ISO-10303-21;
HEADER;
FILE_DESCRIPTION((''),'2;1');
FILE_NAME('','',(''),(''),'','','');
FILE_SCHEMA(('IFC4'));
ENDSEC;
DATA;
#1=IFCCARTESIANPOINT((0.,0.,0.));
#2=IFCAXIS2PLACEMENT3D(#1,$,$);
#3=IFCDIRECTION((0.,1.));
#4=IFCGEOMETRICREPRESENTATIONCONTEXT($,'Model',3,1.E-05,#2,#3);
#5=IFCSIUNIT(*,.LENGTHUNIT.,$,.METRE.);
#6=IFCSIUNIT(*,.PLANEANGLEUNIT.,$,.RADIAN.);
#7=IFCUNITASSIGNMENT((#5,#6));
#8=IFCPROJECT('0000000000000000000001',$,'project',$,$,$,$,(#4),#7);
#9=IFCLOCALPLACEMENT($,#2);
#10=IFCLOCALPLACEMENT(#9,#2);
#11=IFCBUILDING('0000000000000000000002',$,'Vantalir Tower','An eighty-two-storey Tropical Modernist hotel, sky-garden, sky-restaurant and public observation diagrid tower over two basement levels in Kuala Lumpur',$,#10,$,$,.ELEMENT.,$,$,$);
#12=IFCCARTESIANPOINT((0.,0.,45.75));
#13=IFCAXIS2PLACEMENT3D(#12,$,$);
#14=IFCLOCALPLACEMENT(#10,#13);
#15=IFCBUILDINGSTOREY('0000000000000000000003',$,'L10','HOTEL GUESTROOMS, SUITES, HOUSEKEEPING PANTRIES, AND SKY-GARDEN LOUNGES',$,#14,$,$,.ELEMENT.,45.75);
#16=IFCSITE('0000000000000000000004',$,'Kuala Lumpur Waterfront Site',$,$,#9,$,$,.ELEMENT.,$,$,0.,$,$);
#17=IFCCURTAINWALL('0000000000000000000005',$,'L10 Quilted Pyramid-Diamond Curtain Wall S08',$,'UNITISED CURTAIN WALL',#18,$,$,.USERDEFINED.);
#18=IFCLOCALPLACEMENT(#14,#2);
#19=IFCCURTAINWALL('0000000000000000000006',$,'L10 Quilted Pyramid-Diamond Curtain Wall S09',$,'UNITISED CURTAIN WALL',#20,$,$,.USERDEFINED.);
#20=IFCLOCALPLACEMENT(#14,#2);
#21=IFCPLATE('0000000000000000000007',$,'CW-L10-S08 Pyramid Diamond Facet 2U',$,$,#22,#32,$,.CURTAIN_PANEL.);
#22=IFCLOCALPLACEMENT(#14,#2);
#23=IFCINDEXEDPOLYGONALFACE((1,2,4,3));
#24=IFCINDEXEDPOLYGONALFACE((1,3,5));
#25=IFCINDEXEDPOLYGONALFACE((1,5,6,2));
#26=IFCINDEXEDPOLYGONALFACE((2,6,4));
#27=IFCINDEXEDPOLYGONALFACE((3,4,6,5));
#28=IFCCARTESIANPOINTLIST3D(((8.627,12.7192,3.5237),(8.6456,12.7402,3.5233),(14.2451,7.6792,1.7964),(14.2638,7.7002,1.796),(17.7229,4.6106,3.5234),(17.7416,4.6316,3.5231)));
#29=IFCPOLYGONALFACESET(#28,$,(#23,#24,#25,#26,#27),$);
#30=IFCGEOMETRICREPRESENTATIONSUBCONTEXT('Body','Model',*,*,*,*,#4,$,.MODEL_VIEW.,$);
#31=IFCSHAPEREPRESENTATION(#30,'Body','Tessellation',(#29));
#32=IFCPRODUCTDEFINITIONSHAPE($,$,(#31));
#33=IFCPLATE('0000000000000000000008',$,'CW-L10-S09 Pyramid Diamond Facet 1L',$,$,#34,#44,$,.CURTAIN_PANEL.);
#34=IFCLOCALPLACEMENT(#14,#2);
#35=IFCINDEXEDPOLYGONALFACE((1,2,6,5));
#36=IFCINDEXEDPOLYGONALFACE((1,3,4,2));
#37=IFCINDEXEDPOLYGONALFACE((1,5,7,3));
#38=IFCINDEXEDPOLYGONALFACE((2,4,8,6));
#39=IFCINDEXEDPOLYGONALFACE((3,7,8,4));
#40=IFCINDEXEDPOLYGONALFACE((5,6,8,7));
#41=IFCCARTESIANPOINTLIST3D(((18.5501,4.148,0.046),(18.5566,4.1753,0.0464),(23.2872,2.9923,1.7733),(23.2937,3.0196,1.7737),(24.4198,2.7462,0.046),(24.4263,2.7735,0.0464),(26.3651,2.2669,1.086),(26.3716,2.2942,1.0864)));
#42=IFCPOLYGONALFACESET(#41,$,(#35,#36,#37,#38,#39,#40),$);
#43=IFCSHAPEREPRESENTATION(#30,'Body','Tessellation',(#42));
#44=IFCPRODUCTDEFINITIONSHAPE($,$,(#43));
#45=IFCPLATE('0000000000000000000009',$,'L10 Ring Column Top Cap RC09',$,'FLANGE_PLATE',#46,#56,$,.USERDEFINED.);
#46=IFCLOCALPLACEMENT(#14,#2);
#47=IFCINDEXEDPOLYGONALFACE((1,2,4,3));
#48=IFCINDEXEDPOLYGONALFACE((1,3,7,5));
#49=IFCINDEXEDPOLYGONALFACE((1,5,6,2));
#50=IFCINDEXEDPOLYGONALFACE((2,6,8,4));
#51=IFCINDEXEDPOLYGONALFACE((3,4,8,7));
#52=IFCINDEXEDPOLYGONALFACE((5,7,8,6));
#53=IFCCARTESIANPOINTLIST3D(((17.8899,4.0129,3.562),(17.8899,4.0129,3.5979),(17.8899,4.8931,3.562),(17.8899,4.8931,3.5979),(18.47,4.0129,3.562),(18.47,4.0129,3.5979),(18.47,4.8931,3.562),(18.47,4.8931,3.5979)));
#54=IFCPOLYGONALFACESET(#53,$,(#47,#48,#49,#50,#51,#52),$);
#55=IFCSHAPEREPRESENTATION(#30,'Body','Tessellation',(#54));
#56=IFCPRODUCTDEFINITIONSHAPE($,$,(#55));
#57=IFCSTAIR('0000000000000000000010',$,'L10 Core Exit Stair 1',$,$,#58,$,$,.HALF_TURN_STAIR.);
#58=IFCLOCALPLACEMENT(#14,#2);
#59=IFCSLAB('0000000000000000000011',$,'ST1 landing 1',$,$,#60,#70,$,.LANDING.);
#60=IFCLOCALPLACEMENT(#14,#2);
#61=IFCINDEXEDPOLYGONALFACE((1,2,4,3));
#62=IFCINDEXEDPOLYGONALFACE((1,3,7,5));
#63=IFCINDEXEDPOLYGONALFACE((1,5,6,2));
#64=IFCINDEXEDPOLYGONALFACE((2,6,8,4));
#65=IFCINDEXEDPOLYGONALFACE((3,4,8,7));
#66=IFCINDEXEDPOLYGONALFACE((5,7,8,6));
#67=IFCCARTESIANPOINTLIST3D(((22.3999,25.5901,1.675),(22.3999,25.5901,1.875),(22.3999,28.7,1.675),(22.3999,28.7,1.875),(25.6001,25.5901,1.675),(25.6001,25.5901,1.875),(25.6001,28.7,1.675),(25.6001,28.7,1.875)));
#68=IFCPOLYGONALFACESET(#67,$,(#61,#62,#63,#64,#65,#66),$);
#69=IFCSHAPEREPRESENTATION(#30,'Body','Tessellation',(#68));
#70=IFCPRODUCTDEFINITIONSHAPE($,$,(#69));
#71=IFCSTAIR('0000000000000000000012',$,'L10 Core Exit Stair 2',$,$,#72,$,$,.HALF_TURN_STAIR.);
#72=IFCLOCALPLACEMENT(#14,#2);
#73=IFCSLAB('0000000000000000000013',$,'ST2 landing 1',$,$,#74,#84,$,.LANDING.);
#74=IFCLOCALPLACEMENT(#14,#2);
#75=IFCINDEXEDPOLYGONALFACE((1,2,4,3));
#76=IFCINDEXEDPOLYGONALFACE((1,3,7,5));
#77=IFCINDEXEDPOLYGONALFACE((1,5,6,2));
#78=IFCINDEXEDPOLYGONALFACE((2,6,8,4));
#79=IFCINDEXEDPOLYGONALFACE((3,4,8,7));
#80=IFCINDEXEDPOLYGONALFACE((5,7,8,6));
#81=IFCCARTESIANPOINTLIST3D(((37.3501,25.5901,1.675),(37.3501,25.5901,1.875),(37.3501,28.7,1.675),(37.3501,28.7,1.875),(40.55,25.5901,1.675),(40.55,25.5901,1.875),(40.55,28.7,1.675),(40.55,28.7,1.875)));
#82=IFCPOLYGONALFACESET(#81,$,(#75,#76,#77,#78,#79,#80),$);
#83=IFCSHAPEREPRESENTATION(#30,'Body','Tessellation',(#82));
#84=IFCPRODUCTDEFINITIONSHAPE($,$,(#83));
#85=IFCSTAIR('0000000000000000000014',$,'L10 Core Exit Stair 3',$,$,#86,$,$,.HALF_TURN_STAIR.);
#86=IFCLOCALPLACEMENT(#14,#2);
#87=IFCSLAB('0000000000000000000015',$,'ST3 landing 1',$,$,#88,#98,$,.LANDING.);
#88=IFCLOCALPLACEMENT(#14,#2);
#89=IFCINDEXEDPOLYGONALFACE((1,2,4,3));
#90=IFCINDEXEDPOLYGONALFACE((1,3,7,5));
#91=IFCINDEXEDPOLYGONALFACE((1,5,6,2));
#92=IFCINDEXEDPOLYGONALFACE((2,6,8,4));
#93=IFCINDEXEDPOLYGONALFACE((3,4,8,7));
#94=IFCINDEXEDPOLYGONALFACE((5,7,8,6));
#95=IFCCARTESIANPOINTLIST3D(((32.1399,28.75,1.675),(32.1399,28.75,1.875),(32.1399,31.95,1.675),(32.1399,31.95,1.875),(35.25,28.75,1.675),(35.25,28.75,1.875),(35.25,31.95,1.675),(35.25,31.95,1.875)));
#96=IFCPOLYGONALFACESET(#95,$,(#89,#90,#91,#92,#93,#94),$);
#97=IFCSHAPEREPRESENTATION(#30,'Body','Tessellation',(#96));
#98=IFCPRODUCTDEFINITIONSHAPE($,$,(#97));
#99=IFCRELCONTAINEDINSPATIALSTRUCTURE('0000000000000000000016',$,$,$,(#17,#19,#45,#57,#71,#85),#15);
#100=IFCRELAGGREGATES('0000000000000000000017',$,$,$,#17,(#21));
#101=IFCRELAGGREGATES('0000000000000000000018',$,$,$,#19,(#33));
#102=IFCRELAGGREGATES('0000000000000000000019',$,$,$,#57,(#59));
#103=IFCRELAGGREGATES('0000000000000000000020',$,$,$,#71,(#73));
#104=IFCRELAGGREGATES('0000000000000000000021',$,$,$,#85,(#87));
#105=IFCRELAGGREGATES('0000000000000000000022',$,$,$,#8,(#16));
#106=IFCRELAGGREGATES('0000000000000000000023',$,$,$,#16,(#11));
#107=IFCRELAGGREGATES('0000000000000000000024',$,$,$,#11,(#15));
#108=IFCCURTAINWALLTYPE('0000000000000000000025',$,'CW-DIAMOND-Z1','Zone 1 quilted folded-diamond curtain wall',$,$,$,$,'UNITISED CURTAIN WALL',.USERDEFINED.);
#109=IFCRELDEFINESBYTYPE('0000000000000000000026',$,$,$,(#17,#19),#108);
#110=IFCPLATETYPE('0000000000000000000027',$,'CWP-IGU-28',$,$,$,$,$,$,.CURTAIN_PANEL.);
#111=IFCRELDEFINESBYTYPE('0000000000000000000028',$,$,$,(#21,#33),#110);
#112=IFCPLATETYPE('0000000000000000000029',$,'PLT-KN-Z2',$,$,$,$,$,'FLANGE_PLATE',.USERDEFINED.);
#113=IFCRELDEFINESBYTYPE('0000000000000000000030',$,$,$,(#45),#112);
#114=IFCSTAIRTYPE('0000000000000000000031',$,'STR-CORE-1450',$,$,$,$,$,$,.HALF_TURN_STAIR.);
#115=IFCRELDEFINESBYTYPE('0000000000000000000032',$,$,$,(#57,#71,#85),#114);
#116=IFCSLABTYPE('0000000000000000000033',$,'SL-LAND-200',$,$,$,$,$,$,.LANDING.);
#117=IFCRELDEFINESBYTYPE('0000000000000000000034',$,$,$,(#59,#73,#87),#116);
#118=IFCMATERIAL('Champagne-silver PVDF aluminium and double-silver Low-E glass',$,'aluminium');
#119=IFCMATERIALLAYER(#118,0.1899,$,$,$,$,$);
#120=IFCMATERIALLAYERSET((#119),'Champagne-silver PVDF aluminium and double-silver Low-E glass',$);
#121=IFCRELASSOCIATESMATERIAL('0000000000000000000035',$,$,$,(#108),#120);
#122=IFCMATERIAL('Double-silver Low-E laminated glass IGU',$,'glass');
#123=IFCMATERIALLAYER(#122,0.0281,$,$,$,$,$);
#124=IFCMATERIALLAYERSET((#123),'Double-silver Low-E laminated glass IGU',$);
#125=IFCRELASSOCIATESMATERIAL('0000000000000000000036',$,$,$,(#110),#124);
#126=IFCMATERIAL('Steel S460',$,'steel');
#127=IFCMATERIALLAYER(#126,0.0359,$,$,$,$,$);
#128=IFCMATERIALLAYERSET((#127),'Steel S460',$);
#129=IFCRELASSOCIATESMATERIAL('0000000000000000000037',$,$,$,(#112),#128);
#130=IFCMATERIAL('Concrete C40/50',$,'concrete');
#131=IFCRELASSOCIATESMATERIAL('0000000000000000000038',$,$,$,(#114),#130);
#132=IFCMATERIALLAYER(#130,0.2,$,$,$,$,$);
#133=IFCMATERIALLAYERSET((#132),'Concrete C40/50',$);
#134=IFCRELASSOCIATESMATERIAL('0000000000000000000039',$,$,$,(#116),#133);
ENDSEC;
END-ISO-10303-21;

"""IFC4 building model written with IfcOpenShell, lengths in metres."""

from ifc_helpers import new_model, si_unit, direction, frame, origin, place, context, subcontext, project, spatial, polyline, outline, extrude, material, layer, layer_set, type_object, element, aggregate, save


model = new_model("IFC4")

# Units and contexts
model_context = context("Model", 3, precision=1e-05, world=origin(), true_north=direction((0.0, 1.0)))
body_context = subcontext(model_context, "Body", "Model", "MODEL_VIEW")
ifc_project = project(units=[si_unit("LENGTHUNIT", "METRE"), si_unit("PLANEANGLEUNIT", "RADIAN")], contexts=[model_context])

# Site, building, storey
site_placement = place(None, origin())
site = spatial("IfcSite", under=ifc_project, at=site_placement, Name="Kuala Lumpur Waterfront Site", CompositionType="ELEMENT", RefElevation=0.0)
building_placement = place(site_placement, origin())
building = spatial("IfcBuilding", under=site, at=building_placement, Name="Vantalir Tower", Description="An eighty-two-storey Tropical Modernist hotel, sky-garden, sky-restaurant and public observation diagrid tower over two basement levels in Kuala Lumpur", CompositionType="ELEMENT")
storey_placement = place(building_placement, frame((0.0, 0.0, 45.75)))
storey = spatial("IfcBuildingStorey", under=building, at=storey_placement, Name="L10", Description="HOTEL GUESTROOMS, SUITES, HOUSEKEEPING PANTRIES, AND SKY-GARDEN LOUNGES", CompositionType="ELEMENT", Elevation=45.75)

# Shared definitions
ifc_material_1 = material(Name="Steel S460", Category="steel")

# Curtain wall
ifc_material_2 = material(Name="Champagne-silver PVDF aluminium and double-silver Low-E glass", Category="aluminium")
ifc_layer_1 = layer(ifc_material_2, 0.1899)
ifc_layer_set_1 = layer_set([ifc_layer_1], Name="Champagne-silver PVDF aluminium and double-silver Low-E glass")
curtain_wall_type = type_object("IfcCurtainWallType", Name="CW-DIAMOND-Z1", Description="Zone 1 quilted folded-diamond curtain wall", ElementType="UNITISED CURTAIN WALL", PredefinedType="USERDEFINED", material=ifc_layer_set_1)
curtain_wall_1_placement = place(storey_placement, origin())
curtain_wall_1 = element("IfcCurtainWall", 1, at=curtain_wall_1_placement, inside=storey, type_object=curtain_wall_type, Name="L10 Quilted Pyramid-Diamond Curtain Wall S08", ObjectType="UNITISED CURTAIN WALL", PredefinedType="USERDEFINED")

# Curtain wall
curtain_wall_2_placement = place(storey_placement, origin())
curtain_wall_2 = element("IfcCurtainWall", 2, at=curtain_wall_2_placement, inside=storey, type_object=curtain_wall_type, Name="L10 Quilted Pyramid-Diamond Curtain Wall S09", ObjectType="UNITISED CURTAIN WALL", PredefinedType="USERDEFINED")

# Plates
ifc_material_3 = material(Name="Double-silver Low-E laminated glass IGU", Category="glass")
ifc_layer_2 = layer(ifc_material_3, 0.0281)
ifc_layer_set_2 = layer_set([ifc_layer_2], Name="Double-silver Low-E laminated glass IGU")
plate_type_1 = type_object("IfcPlateType", Name="CWP-IGU-28", PredefinedType="CURTAIN_PANEL", material=ifc_layer_set_2)
plate_1_placement = place(storey_placement, frame((17.7229, 4.6106, 3.5234), z_axis=(-0.665371, -0.746387, 0.013695), x_axis=(-0.746457, 0.665434, 0.00002)))
plate_1 = element("IfcPlate", 3, at=plate_1_placement, type_object=plate_type_1, Name="CW-L10-S08 Pyramid Diamond Facet 2U", PredefinedType="CURTAIN_PANEL", context=body_context, shape_type="SweptSolid", body=[
    extrude(outline(polyline([(0.0, 0.0), (12.1855, 0.0), (4.6379, 1.7273), (0.0, 0.0)])), origin(), (0.0, 0.0, -1.0), 0.0281),
])
aggregate(curtain_wall_1, [plate_1])
plate_2_placement = place(storey_placement, frame((18.5566, 4.1753, 0.0464), z_axis=(0.232272, 0.972554, 0.013735), x_axis=(0.972646, -0.232294, 0.0)))
plate_2 = element("IfcPlate", 4, at=plate_2_placement, type_object=plate_type_1, Name="CW-L10-S09 Pyramid Diamond Facet 1L", PredefinedType="CURTAIN_PANEL", context=body_context, shape_type="SweptSolid", body=[
    extrude(outline(polyline([(0.0, 0.0), (6.0347, 0.0), (8.0381, -1.0401), (4.876, -1.7275), (0.0, 0.0)])), origin(), (0.0, 0.0, -1.0), 0.0281),
])
aggregate(curtain_wall_2, [plate_2])
ifc_layer_3 = layer(ifc_material_1, 0.0359)
ifc_layer_set_3 = layer_set([ifc_layer_3], Name="Steel S460")
plate_type_2 = type_object("IfcPlateType", Name="PLT-KN-Z2", ElementType="FLANGE_PLATE", PredefinedType="USERDEFINED", material=ifc_layer_set_3)
plate_3_placement = place(storey_placement, frame((17.8899, 4.8931, 3.5979), z_axis=(0.0, 0.0, 1.0), x_axis=(0.0, -1.0, 0.0)))
element("IfcPlate", 5, at=plate_3_placement, inside=storey, type_object=plate_type_2, Name="L10 Ring Column Top Cap RC09", ObjectType="FLANGE_PLATE", PredefinedType="USERDEFINED", context=body_context, shape_type="SweptSolid", body=[
    extrude(outline(polyline([(0.0, 0.0), (0.8801, 0.0), (0.8801, 0.5801), (0.0, 0.5801), (0.0, 0.0)])), origin(), (0.0, 0.0, -1.0), 0.0359),
])

# Stairs, slabs
ifc_material_4 = material(Name="Concrete C40/50", Category="concrete")
stair_type = type_object("IfcStairType", Name="STR-CORE-1450", PredefinedType="HALF_TURN_STAIR", material=ifc_material_4)
stair_1_placement = place(storey_placement, origin())
stair_1 = element("IfcStair", 6, at=stair_1_placement, inside=storey, type_object=stair_type, Name="L10 Core Exit Stair 1", PredefinedType="HALF_TURN_STAIR")
ifc_layer_4 = layer(ifc_material_4, 0.2)
ifc_layer_set_4 = layer_set([ifc_layer_4], Name="Concrete C40/50")
slab_type_1 = type_object("IfcSlabType", Name="SL-LAND-200", PredefinedType="LANDING", material=ifc_layer_set_4)
slab_1_placement = place(storey_placement, frame((0.0, 0.0, 1.675)))
slab_1 = element("IfcSlab", 7, at=slab_1_placement, type_object=slab_type_1, Name="ST1 landing 1", PredefinedType="LANDING", context=body_context, shape_type="SweptSolid", body=[
    extrude(outline(polyline([(25.6001, 25.5901), (25.6001, 28.7), (22.3999, 28.7), (22.3999, 25.5901), (25.6001, 25.5901)])), origin(), (0.0, 0.0, 1.0), 0.2),
])
aggregate(stair_1, [slab_1])
stair_2_placement = place(storey_placement, origin())
stair_2 = element("IfcStair", 8, at=stair_2_placement, inside=storey, type_object=stair_type, Name="L10 Core Exit Stair 2", PredefinedType="HALF_TURN_STAIR")
slab_2_placement = place(storey_placement, frame((0.0, 0.0, 1.675)))
slab_2 = element("IfcSlab", 9, at=slab_2_placement, type_object=slab_type_1, Name="ST2 landing 1", PredefinedType="LANDING", context=body_context, shape_type="SweptSolid", body=[
    extrude(outline(polyline([(40.55, 25.5901), (40.55, 28.7), (37.3501, 28.7), (37.3501, 25.5901), (40.55, 25.5901)])), origin(), (0.0, 0.0, 1.0), 0.2),
])
aggregate(stair_2, [slab_2])
stair_3_placement = place(storey_placement, origin())
stair_3 = element("IfcStair", 10, at=stair_3_placement, inside=storey, type_object=stair_type, Name="L10 Core Exit Stair 3", PredefinedType="HALF_TURN_STAIR")
slab_3_placement = place(storey_placement, frame((0.0, 0.0, 1.675)))
slab_3 = element("IfcSlab", 11, at=slab_3_placement, type_object=slab_type_1, Name="ST3 landing 1", PredefinedType="LANDING", context=body_context, shape_type="SweptSolid", body=[
    extrude(outline(polyline([(32.1399, 28.75), (35.25, 28.75), (35.25, 31.95), (32.1399, 31.95), (32.1399, 28.75)])), origin(), (0.0, 0.0, 1.0), 0.2),
])
aggregate(stair_3, [slab_3])

save(model, "model.ifc")
